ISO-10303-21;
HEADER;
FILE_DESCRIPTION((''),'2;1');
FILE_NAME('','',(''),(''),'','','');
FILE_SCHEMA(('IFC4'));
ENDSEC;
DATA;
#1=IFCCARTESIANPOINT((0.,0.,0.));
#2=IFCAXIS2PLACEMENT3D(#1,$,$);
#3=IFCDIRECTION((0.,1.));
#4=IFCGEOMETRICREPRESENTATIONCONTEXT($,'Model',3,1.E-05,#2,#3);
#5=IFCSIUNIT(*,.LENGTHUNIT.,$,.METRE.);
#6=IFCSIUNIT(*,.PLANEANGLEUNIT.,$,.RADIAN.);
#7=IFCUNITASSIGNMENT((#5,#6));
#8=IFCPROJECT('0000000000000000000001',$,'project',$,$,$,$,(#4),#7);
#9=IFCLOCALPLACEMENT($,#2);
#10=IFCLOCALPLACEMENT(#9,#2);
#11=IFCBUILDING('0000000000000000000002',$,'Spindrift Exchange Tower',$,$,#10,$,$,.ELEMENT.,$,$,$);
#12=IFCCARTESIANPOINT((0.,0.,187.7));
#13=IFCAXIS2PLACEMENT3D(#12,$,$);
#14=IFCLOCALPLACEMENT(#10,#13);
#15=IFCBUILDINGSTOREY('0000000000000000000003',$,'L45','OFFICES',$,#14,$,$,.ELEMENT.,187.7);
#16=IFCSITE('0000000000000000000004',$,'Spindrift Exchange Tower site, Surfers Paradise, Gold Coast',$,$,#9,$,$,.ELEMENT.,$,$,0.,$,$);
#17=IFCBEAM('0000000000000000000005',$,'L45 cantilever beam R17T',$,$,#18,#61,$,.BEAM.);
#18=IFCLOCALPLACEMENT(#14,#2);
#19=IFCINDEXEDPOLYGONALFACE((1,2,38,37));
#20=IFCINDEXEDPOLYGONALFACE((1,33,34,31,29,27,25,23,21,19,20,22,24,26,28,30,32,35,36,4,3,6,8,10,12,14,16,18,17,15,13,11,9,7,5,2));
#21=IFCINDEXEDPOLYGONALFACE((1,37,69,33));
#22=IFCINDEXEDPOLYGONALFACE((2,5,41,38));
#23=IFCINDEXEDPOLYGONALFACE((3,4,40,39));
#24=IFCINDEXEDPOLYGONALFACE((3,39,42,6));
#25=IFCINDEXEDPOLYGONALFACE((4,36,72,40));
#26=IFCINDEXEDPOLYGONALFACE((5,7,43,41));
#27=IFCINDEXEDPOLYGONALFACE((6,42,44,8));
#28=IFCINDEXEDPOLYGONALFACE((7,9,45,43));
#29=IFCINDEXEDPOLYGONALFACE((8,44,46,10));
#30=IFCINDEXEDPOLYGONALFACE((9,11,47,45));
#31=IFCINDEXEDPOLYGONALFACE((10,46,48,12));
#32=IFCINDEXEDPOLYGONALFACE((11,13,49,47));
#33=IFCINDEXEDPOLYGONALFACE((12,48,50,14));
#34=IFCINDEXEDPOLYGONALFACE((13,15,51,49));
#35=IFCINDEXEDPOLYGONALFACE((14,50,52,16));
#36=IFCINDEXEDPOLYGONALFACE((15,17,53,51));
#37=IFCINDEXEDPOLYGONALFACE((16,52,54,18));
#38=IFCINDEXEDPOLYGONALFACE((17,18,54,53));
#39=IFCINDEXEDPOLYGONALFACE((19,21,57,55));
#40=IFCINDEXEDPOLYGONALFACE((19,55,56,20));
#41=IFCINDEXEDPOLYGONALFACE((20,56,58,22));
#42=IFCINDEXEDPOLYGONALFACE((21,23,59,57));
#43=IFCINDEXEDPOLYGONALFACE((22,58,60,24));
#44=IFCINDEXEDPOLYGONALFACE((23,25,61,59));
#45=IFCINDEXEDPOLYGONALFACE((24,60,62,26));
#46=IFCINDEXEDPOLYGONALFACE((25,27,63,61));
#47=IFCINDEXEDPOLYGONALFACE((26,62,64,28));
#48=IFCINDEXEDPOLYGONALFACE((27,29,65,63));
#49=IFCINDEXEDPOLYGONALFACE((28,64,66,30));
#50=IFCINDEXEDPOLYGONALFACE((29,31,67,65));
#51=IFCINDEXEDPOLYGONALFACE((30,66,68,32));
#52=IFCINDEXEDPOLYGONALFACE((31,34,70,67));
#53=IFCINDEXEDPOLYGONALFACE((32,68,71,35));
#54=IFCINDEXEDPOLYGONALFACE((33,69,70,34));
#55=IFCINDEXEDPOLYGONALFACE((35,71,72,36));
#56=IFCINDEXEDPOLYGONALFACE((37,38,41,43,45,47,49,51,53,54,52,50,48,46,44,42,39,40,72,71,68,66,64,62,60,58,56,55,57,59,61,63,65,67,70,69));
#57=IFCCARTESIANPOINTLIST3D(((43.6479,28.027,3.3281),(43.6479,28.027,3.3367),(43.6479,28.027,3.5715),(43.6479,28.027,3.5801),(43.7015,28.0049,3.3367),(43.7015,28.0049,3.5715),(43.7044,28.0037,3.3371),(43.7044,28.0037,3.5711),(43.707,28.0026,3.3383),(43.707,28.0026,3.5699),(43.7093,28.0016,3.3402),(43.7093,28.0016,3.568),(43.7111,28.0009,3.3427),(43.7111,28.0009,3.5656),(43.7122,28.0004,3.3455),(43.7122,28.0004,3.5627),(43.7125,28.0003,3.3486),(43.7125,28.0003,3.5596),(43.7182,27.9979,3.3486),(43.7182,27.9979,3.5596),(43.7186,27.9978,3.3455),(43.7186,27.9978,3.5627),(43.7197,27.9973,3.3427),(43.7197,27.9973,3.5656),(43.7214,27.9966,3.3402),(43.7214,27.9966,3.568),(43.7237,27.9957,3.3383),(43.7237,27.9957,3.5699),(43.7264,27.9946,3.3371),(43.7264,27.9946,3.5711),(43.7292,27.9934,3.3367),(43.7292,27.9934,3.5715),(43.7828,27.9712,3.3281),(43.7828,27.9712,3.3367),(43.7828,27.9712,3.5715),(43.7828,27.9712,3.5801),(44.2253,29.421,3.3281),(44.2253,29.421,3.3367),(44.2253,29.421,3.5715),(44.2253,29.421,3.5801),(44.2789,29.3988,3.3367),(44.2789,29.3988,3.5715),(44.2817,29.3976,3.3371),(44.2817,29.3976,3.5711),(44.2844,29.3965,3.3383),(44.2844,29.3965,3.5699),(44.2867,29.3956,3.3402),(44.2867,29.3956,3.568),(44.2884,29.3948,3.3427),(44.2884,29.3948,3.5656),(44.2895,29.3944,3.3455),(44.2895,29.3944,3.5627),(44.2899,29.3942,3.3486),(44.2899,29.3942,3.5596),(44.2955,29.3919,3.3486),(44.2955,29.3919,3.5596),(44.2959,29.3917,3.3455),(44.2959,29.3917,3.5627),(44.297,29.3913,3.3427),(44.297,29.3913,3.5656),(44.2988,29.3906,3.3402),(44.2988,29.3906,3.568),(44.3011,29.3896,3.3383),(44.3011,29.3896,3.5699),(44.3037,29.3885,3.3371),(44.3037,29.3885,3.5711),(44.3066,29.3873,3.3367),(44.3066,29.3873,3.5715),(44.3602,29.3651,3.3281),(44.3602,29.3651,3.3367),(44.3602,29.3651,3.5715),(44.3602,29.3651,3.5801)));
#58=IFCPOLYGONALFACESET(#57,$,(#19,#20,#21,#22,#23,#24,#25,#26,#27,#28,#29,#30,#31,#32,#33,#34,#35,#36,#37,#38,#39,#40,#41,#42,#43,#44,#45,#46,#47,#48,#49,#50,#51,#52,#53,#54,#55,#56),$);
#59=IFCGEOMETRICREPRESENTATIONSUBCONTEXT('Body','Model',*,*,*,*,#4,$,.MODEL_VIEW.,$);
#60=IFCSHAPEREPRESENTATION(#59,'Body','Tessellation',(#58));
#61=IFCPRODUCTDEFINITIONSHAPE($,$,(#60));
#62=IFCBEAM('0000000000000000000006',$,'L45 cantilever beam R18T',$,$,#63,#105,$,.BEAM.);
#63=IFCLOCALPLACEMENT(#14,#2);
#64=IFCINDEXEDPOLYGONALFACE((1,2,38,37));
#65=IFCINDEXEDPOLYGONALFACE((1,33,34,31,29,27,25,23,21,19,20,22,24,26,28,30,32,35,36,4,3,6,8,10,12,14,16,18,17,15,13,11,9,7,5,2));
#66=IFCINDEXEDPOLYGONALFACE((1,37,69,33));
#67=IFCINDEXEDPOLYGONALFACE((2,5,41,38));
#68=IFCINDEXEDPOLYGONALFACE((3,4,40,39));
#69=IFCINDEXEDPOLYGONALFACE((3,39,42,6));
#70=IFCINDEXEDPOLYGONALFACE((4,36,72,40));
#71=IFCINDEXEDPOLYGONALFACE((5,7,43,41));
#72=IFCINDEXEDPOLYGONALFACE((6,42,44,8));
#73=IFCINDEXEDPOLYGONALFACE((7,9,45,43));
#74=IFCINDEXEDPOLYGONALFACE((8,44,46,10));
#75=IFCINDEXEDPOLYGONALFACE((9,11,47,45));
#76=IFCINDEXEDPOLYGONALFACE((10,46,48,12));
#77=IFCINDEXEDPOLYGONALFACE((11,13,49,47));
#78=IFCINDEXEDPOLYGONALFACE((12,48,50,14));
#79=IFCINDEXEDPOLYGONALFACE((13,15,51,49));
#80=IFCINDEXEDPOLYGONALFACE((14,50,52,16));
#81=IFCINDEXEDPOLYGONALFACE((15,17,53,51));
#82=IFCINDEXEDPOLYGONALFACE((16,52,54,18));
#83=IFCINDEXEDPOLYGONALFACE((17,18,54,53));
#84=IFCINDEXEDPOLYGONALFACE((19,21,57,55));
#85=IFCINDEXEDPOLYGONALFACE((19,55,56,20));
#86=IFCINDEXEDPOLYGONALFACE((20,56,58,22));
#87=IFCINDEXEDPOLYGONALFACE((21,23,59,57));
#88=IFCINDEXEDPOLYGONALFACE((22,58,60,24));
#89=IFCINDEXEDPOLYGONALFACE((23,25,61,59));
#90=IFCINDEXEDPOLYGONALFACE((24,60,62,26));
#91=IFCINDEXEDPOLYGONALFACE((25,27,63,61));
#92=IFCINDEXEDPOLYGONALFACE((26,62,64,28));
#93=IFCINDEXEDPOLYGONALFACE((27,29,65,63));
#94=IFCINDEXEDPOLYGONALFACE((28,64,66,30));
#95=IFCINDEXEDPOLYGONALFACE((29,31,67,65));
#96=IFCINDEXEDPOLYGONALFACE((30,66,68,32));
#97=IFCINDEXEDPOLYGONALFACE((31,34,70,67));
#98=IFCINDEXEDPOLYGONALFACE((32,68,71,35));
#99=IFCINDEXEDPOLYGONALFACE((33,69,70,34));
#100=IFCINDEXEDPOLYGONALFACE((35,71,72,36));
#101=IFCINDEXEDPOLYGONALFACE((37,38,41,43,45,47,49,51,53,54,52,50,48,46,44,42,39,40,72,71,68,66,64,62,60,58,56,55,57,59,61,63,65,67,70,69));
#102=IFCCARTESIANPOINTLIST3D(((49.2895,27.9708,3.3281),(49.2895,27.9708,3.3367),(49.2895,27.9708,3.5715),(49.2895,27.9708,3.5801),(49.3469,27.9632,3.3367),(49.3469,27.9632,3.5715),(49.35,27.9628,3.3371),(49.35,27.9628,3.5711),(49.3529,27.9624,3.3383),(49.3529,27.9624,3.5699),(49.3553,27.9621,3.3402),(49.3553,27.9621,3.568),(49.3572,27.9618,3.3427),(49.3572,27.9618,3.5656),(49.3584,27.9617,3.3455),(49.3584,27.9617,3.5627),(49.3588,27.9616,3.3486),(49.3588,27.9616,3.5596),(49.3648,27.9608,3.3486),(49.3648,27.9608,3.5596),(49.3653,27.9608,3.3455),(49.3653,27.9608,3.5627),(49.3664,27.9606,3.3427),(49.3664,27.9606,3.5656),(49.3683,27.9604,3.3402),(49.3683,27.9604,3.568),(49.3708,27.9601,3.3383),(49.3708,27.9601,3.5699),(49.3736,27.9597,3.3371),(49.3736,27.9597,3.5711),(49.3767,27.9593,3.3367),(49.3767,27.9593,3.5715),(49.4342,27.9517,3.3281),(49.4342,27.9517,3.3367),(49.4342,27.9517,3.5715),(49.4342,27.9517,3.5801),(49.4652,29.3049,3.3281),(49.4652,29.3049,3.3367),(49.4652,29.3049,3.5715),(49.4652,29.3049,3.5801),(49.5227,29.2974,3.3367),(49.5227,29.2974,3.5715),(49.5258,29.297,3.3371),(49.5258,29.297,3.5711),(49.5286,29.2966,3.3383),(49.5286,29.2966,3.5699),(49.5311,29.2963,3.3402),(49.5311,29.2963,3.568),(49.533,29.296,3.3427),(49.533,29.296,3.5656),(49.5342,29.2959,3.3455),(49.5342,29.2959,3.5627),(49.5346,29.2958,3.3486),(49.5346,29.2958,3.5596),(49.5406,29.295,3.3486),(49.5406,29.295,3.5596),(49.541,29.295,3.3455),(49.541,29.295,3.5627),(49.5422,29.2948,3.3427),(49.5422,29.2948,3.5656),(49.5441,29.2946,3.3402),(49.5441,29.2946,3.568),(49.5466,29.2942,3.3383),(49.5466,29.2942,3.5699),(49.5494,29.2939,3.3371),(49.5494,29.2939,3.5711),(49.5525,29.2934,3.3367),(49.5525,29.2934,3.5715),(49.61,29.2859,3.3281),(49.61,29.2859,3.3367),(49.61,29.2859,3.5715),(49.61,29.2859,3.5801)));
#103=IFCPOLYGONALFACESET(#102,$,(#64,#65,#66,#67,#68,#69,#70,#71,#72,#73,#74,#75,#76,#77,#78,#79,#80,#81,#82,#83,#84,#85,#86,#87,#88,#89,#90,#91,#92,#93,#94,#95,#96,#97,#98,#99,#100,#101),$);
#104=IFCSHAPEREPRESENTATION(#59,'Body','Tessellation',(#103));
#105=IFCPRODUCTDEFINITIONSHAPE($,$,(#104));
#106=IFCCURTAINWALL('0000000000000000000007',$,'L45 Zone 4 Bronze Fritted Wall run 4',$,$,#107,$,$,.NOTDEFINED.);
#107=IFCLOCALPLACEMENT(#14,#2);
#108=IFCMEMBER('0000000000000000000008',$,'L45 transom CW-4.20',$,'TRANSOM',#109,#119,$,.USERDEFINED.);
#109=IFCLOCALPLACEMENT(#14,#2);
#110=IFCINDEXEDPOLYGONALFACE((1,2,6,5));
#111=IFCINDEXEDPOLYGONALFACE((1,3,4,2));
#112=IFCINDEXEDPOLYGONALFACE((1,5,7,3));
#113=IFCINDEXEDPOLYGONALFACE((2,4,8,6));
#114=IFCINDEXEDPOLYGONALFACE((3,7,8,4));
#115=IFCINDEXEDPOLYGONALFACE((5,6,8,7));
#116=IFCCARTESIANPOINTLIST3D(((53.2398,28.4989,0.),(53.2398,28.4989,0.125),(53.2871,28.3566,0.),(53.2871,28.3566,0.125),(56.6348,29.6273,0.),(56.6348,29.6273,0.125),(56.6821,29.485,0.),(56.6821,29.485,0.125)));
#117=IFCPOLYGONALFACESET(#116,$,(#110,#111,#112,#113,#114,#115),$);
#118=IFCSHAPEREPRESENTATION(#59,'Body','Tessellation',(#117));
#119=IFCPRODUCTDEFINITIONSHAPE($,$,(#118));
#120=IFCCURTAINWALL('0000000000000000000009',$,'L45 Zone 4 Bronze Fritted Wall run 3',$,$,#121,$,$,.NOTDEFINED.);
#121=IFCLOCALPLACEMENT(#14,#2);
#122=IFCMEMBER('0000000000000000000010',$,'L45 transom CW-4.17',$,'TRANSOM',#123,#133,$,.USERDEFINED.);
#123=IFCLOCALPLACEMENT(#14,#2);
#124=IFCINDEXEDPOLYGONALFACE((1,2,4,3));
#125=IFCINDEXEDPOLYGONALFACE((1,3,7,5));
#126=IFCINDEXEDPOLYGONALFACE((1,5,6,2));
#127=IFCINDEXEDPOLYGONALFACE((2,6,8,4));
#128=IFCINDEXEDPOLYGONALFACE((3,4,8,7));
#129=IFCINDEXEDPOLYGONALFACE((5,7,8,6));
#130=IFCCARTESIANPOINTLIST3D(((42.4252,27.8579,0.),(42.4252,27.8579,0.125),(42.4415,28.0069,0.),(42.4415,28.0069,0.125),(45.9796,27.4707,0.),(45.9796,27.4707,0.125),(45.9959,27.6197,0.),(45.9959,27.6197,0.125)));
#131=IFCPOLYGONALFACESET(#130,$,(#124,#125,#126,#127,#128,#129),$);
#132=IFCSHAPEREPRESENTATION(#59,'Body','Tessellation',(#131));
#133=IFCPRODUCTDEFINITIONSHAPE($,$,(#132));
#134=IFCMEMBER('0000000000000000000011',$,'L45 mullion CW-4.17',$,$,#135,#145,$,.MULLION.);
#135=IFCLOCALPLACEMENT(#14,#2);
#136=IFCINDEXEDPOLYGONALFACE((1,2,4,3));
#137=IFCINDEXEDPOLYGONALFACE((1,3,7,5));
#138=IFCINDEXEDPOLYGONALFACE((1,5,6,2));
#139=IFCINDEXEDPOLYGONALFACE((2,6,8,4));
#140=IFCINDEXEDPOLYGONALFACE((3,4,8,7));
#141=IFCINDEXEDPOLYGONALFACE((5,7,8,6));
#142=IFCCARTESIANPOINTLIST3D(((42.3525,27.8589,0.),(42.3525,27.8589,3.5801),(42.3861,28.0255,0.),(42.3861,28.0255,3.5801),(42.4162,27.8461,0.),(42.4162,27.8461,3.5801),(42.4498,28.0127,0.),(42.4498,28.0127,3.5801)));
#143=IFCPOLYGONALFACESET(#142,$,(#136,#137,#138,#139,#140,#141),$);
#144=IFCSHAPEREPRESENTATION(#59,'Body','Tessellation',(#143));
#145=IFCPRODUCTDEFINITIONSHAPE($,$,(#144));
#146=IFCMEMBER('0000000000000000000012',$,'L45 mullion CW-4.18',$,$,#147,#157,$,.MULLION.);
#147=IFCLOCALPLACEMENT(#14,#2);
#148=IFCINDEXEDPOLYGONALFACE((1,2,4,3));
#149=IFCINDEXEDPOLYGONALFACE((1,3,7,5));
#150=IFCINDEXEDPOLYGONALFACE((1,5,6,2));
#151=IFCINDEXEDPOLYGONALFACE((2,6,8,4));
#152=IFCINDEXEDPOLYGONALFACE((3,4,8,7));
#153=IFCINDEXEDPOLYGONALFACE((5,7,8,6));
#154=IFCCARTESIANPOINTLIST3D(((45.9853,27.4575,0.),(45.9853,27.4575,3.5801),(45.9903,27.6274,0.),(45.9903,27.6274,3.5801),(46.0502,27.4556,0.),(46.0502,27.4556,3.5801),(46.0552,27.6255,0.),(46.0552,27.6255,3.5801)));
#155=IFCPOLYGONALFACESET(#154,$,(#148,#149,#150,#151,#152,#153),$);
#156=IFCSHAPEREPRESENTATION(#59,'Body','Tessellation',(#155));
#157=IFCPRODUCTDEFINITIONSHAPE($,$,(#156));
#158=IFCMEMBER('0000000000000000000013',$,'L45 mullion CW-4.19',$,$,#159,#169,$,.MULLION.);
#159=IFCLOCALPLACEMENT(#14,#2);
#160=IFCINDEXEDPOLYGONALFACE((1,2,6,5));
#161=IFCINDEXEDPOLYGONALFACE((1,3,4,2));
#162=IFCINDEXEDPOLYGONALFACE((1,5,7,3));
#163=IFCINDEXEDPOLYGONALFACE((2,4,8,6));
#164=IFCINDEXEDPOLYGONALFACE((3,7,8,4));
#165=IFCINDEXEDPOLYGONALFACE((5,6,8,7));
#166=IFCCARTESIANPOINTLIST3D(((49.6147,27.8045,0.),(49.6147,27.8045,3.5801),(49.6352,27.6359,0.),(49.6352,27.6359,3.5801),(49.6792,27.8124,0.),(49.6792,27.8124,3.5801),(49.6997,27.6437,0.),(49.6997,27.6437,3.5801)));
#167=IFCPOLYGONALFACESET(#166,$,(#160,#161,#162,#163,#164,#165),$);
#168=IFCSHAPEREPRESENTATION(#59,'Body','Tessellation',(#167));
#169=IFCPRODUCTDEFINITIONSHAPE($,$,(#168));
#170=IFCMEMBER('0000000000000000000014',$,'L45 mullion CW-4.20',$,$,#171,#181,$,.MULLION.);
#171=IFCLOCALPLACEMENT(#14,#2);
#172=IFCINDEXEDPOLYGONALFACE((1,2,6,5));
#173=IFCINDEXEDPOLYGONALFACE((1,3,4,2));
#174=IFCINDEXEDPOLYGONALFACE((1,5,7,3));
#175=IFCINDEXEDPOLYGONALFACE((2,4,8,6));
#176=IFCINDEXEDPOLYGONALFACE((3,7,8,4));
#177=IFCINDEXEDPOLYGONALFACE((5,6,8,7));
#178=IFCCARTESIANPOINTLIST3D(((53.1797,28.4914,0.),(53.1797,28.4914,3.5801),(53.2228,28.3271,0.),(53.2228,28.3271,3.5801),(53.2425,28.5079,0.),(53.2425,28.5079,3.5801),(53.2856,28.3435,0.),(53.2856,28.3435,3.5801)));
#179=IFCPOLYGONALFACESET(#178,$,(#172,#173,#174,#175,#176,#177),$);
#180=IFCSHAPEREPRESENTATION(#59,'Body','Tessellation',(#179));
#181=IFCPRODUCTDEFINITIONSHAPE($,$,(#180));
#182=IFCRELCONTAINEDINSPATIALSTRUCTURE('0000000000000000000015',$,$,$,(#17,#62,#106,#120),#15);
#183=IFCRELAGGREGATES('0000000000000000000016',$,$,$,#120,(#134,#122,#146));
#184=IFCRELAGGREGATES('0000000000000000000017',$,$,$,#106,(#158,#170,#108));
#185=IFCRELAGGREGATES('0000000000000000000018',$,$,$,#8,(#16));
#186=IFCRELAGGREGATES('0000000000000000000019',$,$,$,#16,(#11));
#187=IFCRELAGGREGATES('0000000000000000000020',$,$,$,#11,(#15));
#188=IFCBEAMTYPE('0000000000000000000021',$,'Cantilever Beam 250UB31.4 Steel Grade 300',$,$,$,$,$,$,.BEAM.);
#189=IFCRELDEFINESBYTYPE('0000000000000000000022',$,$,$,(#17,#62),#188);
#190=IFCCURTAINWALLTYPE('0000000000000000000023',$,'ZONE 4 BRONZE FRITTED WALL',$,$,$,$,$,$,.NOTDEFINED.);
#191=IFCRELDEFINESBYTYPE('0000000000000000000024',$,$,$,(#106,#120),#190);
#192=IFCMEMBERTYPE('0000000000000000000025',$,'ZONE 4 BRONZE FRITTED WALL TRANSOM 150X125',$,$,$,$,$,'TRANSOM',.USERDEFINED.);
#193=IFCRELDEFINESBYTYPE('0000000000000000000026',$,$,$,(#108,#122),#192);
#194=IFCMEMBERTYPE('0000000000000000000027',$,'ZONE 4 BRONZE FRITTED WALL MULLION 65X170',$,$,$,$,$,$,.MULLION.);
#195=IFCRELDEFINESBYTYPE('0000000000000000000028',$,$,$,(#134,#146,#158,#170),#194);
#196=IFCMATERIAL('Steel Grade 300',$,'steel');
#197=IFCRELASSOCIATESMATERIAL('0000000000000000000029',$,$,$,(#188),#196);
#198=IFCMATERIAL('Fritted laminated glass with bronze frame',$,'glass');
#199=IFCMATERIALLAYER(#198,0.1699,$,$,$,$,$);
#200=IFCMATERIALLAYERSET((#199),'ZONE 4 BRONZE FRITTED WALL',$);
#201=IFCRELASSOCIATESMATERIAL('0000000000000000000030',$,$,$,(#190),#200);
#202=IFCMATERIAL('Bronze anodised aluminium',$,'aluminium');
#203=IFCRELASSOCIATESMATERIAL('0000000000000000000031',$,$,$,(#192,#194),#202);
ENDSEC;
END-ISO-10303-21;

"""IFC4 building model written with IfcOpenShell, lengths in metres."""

from ifc_helpers import new_model, si_unit, direction, frame, origin, origin_2d, place, context, subcontext, project, spatial, rectangle, i_section, extrude, source, transform, mapped, material, layer, layer_set, material_profile, profile_set, type_object, element, aggregate, save


model = new_model("IFC4")

# Units and contexts
model_context = context("Model", 3, precision=1e-05, world=origin(), true_north=direction((0.0, 1.0)))
body_context = subcontext(model_context, "Body", "Model", "MODEL_VIEW")
ifc_project = project(units=[si_unit("LENGTHUNIT", "METRE"), si_unit("PLANEANGLEUNIT", "RADIAN")], contexts=[model_context])

# Site, building, storey
site_placement = place(None, origin())
site = spatial("IfcSite", under=ifc_project, at=site_placement, Name="Spindrift Exchange Tower site, Surfers Paradise, Gold Coast", CompositionType="ELEMENT", RefElevation=0.0)
building_placement = place(site_placement, origin())
building = spatial("IfcBuilding", under=site, at=building_placement, Name="Spindrift Exchange Tower", CompositionType="ELEMENT")
storey_placement = place(building_placement, frame((0.0, 0.0, 187.7)))
storey = spatial("IfcBuildingStorey", under=building, at=storey_placement, Name="L45", Description="OFFICES", CompositionType="ELEMENT", Elevation=187.7)

# Beams
ifc_material_1 = material(Name="Steel Grade 300", Category="steel")
ifc_material_profile_1 = material_profile(ifc_material_1, i_section(OverallWidth=0.146, OverallDepth=0.252, WebThickness=0.0061, FlangeThickness=0.0085, FilletRadius=0.012, at=origin_2d()), Name="250UB31.4")
ifc_profile_set_1 = profile_set([ifc_material_profile_1], Name="Steel Grade 300")
beam_type_1 = type_object("IfcBeamType", Name="Cantilever Beam 250UB31.4 Steel Grade 300", PredefinedType="BEAM", material=ifc_profile_set_1)
shared_shape_1 = source(origin(), body_context, "Body", "SweptSolid", [
    extrude(i_section(OverallWidth=0.146, OverallDepth=0.252, WebThickness=0.0061, FlangeThickness=0.0085, FilletRadius=0.012, at=origin_2d()), origin(), (0.0, 0.0, 1.0), 1.5088),
])
beam_1_placement = place(storey_placement, frame((44.2927, 29.3931, 3.4541), z_axis=(-0.382661, -0.923889, 0.0), x_axis=(0.923889, -0.382661, 0.0)))
element("IfcBeam", 1, at=beam_1_placement, inside=storey, type_object=beam_type_1, Name="L45 cantilever beam R17T", PredefinedType="BEAM", context=body_context, shape_type="MappedRepresentation", body=[
    mapped(shared_shape_1, transform((0.0, 0.0, 0.0), scale=1.0)),
])
shared_shape_2 = source(origin(), body_context, "Body", "SweptSolid", [
    extrude(i_section(OverallWidth=0.146, OverallDepth=0.252, WebThickness=0.0061, FlangeThickness=0.0085, FilletRadius=0.012, at=origin_2d()), origin(), (0.0, 0.0, 1.0), 1.3457),
])
beam_2_placement = place(storey_placement, frame((49.5376, 29.2954, 3.4541), z_axis=(-0.130619, -0.991433, 0.0), x_axis=(0.991433, -0.130619, 0.0)))
element("IfcBeam", 2, at=beam_2_placement, inside=storey, type_object=beam_type_1, Name="L45 cantilever beam R18T", PredefinedType="BEAM", context=body_context, shape_type="MappedRepresentation", body=[
    mapped(shared_shape_2, transform((0.0, 0.0, 0.0), scale=1.0)),
])

# Curtain wall, member
ifc_material_2 = material(Name="Fritted laminated glass with bronze frame", Category="glass")
ifc_layer_1 = layer(ifc_material_2, 0.1699)
ifc_layer_set_1 = layer_set([ifc_layer_1], Name="ZONE 4 BRONZE FRITTED WALL")
curtain_wall_type = type_object("IfcCurtainWallType", Name="ZONE 4 BRONZE FRITTED WALL", PredefinedType="NOTDEFINED", material=ifc_layer_set_1)
curtain_wall_1_placement = place(storey_placement, origin())
curtain_wall_1 = element("IfcCurtainWall", 3, at=curtain_wall_1_placement, inside=storey, type_object=curtain_wall_type, Name="L45 Zone 4 Bronze Fritted Wall run 4", PredefinedType="NOTDEFINED")
ifc_material_3 = material(Name="Bronze anodised aluminium", Category="aluminium")
ifc_material_profile_2 = material_profile(ifc_material_3, rectangle(XDim=0.1499, YDim=0.125, at=origin_2d()), Name="ZONE 4 BRONZE FRITTED WALL TRANSOM 150X125")
ifc_profile_set_2 = profile_set([ifc_material_profile_2], Name="Bronze anodised aluminium")
member_type_1 = type_object("IfcMemberType", Name="ZONE 4 BRONZE FRITTED WALL TRANSOM 150X125", ElementType="TRANSOM", PredefinedType="USERDEFINED", material=ifc_profile_set_2)
shared_shape_3 = source(origin(), body_context, "Body", "SweptSolid", [
    extrude(rectangle(XDim=0.1499, YDim=0.125, at=origin_2d()), origin(), (0.0, 0.0, 1.0), 3.5776),
])
member_1_placement = place(storey_placement, frame((53.2634, 28.4277, 0.0625), z_axis=(0.948956, 0.315409, 0.0), x_axis=(-0.315409, 0.948956, 0.0)))
member_1 = element("IfcMember", 4, at=member_1_placement, type_object=member_type_1, Name="L45 transom CW-4.20", ObjectType="TRANSOM", PredefinedType="USERDEFINED", context=body_context, shape_type="MappedRepresentation", body=[
    mapped(shared_shape_3, transform((0.0, 0.0, 0.0), scale=1.0)),
])

# Curtain wall, members
curtain_wall_2_placement = place(storey_placement, origin())
curtain_wall_2 = element("IfcCurtainWall", 5, at=curtain_wall_2_placement, inside=storey, type_object=curtain_wall_type, Name="L45 Zone 4 Bronze Fritted Wall run 3", PredefinedType="NOTDEFINED")
shared_shape_4 = source(origin(), body_context, "Body", "SweptSolid", [
    extrude(rectangle(XDim=0.1499, YDim=0.125, at=origin_2d()), origin(), (0.0, 0.0, 1.0), 3.5754),
])
member_2_placement = place(storey_placement, frame((42.4333, 27.9324, 0.0625), z_axis=(0.994119, -0.108295, 0.0), x_axis=(0.108295, 0.994119, 0.0)))
member_2 = element("IfcMember", 6, at=member_2_placement, type_object=member_type_1, Name="L45 transom CW-4.17", ObjectType="TRANSOM", PredefinedType="USERDEFINED", context=body_context, shape_type="MappedRepresentation", body=[
    mapped(shared_shape_4, transform((0.0, 0.0, 0.0), scale=1.0)),
])
ifc_material_profile_3 = material_profile(ifc_material_3, rectangle(XDim=0.0649, YDim=0.1699, at=origin_2d()), Name="ZONE 4 BRONZE FRITTED WALL MULLION 65X170")
ifc_profile_set_3 = profile_set([ifc_material_profile_3], Name="Bronze anodised aluminium")
member_type_2 = type_object("IfcMemberType", Name="ZONE 4 BRONZE FRITTED WALL MULLION 65X170", PredefinedType="MULLION", material=ifc_profile_set_3)
shared_shape_5 = source(origin(), body_context, "Body", "SweptSolid", [
    extrude(rectangle(XDim=0.0649, YDim=0.1699, at=origin_2d()), origin(), (0.0, 0.0, 1.0), 3.5801),
])
member_3_placement = place(storey_placement, frame((42.4011, 27.9358, 0.0), z_axis=(0.0, 0.0, 1.0), x_axis=(0.980251, -0.197758, 0.0)))
member_3 = element("IfcMember", 7, at=member_3_placement, type_object=member_type_2, Name="L45 mullion CW-4.17", PredefinedType="MULLION", context=body_context, shape_type="MappedRepresentation", body=[
    mapped(shared_shape_5, transform((0.0, 0.0, 0.0), scale=1.0)),
])
member_4_placement = place(storey_placement, frame((46.0203, 27.5415, 0.0), z_axis=(0.0, 0.0, 1.0), x_axis=(0.999574, -0.029188, 0.0)))
member_4 = element("IfcMember", 8, at=member_4_placement, type_object=member_type_2, Name="L45 mullion CW-4.18", PredefinedType="MULLION", context=body_context, shape_type="MappedRepresentation", body=[
    mapped(shared_shape_5, transform((0.0, 0.0, 0.0), scale=1.0)),
])

# Members
member_5_placement = place(storey_placement, frame((49.6572, 27.7241, 0.0), z_axis=(0.0, 0.0, 1.0), x_axis=(0.992706, 0.120564, 0.0)))
member_5 = element("IfcMember", 9, at=member_5_placement, type_object=member_type_2, Name="L45 mullion CW-4.19", PredefinedType="MULLION", context=body_context, shape_type="MappedRepresentation", body=[
    mapped(shared_shape_5, transform((0.0, 0.0, 0.0), scale=1.0)),
])
member_6_placement = place(storey_placement, frame((53.2327, 28.4175, 0.0), z_axis=(0.0, 0.0, 1.0), x_axis=(0.967347, 0.253454, 0.0)))
member_6 = element("IfcMember", 10, at=member_6_placement, type_object=member_type_2, Name="L45 mullion CW-4.20", PredefinedType="MULLION", context=body_context, shape_type="MappedRepresentation", body=[
    mapped(shared_shape_5, transform((0.0, 0.0, 0.0), scale=1.0)),
])

aggregate(curtain_wall_2, [member_3, member_2, member_4])
aggregate(curtain_wall_1, [member_5, member_6, member_1])

save(model, "model.ifc")
